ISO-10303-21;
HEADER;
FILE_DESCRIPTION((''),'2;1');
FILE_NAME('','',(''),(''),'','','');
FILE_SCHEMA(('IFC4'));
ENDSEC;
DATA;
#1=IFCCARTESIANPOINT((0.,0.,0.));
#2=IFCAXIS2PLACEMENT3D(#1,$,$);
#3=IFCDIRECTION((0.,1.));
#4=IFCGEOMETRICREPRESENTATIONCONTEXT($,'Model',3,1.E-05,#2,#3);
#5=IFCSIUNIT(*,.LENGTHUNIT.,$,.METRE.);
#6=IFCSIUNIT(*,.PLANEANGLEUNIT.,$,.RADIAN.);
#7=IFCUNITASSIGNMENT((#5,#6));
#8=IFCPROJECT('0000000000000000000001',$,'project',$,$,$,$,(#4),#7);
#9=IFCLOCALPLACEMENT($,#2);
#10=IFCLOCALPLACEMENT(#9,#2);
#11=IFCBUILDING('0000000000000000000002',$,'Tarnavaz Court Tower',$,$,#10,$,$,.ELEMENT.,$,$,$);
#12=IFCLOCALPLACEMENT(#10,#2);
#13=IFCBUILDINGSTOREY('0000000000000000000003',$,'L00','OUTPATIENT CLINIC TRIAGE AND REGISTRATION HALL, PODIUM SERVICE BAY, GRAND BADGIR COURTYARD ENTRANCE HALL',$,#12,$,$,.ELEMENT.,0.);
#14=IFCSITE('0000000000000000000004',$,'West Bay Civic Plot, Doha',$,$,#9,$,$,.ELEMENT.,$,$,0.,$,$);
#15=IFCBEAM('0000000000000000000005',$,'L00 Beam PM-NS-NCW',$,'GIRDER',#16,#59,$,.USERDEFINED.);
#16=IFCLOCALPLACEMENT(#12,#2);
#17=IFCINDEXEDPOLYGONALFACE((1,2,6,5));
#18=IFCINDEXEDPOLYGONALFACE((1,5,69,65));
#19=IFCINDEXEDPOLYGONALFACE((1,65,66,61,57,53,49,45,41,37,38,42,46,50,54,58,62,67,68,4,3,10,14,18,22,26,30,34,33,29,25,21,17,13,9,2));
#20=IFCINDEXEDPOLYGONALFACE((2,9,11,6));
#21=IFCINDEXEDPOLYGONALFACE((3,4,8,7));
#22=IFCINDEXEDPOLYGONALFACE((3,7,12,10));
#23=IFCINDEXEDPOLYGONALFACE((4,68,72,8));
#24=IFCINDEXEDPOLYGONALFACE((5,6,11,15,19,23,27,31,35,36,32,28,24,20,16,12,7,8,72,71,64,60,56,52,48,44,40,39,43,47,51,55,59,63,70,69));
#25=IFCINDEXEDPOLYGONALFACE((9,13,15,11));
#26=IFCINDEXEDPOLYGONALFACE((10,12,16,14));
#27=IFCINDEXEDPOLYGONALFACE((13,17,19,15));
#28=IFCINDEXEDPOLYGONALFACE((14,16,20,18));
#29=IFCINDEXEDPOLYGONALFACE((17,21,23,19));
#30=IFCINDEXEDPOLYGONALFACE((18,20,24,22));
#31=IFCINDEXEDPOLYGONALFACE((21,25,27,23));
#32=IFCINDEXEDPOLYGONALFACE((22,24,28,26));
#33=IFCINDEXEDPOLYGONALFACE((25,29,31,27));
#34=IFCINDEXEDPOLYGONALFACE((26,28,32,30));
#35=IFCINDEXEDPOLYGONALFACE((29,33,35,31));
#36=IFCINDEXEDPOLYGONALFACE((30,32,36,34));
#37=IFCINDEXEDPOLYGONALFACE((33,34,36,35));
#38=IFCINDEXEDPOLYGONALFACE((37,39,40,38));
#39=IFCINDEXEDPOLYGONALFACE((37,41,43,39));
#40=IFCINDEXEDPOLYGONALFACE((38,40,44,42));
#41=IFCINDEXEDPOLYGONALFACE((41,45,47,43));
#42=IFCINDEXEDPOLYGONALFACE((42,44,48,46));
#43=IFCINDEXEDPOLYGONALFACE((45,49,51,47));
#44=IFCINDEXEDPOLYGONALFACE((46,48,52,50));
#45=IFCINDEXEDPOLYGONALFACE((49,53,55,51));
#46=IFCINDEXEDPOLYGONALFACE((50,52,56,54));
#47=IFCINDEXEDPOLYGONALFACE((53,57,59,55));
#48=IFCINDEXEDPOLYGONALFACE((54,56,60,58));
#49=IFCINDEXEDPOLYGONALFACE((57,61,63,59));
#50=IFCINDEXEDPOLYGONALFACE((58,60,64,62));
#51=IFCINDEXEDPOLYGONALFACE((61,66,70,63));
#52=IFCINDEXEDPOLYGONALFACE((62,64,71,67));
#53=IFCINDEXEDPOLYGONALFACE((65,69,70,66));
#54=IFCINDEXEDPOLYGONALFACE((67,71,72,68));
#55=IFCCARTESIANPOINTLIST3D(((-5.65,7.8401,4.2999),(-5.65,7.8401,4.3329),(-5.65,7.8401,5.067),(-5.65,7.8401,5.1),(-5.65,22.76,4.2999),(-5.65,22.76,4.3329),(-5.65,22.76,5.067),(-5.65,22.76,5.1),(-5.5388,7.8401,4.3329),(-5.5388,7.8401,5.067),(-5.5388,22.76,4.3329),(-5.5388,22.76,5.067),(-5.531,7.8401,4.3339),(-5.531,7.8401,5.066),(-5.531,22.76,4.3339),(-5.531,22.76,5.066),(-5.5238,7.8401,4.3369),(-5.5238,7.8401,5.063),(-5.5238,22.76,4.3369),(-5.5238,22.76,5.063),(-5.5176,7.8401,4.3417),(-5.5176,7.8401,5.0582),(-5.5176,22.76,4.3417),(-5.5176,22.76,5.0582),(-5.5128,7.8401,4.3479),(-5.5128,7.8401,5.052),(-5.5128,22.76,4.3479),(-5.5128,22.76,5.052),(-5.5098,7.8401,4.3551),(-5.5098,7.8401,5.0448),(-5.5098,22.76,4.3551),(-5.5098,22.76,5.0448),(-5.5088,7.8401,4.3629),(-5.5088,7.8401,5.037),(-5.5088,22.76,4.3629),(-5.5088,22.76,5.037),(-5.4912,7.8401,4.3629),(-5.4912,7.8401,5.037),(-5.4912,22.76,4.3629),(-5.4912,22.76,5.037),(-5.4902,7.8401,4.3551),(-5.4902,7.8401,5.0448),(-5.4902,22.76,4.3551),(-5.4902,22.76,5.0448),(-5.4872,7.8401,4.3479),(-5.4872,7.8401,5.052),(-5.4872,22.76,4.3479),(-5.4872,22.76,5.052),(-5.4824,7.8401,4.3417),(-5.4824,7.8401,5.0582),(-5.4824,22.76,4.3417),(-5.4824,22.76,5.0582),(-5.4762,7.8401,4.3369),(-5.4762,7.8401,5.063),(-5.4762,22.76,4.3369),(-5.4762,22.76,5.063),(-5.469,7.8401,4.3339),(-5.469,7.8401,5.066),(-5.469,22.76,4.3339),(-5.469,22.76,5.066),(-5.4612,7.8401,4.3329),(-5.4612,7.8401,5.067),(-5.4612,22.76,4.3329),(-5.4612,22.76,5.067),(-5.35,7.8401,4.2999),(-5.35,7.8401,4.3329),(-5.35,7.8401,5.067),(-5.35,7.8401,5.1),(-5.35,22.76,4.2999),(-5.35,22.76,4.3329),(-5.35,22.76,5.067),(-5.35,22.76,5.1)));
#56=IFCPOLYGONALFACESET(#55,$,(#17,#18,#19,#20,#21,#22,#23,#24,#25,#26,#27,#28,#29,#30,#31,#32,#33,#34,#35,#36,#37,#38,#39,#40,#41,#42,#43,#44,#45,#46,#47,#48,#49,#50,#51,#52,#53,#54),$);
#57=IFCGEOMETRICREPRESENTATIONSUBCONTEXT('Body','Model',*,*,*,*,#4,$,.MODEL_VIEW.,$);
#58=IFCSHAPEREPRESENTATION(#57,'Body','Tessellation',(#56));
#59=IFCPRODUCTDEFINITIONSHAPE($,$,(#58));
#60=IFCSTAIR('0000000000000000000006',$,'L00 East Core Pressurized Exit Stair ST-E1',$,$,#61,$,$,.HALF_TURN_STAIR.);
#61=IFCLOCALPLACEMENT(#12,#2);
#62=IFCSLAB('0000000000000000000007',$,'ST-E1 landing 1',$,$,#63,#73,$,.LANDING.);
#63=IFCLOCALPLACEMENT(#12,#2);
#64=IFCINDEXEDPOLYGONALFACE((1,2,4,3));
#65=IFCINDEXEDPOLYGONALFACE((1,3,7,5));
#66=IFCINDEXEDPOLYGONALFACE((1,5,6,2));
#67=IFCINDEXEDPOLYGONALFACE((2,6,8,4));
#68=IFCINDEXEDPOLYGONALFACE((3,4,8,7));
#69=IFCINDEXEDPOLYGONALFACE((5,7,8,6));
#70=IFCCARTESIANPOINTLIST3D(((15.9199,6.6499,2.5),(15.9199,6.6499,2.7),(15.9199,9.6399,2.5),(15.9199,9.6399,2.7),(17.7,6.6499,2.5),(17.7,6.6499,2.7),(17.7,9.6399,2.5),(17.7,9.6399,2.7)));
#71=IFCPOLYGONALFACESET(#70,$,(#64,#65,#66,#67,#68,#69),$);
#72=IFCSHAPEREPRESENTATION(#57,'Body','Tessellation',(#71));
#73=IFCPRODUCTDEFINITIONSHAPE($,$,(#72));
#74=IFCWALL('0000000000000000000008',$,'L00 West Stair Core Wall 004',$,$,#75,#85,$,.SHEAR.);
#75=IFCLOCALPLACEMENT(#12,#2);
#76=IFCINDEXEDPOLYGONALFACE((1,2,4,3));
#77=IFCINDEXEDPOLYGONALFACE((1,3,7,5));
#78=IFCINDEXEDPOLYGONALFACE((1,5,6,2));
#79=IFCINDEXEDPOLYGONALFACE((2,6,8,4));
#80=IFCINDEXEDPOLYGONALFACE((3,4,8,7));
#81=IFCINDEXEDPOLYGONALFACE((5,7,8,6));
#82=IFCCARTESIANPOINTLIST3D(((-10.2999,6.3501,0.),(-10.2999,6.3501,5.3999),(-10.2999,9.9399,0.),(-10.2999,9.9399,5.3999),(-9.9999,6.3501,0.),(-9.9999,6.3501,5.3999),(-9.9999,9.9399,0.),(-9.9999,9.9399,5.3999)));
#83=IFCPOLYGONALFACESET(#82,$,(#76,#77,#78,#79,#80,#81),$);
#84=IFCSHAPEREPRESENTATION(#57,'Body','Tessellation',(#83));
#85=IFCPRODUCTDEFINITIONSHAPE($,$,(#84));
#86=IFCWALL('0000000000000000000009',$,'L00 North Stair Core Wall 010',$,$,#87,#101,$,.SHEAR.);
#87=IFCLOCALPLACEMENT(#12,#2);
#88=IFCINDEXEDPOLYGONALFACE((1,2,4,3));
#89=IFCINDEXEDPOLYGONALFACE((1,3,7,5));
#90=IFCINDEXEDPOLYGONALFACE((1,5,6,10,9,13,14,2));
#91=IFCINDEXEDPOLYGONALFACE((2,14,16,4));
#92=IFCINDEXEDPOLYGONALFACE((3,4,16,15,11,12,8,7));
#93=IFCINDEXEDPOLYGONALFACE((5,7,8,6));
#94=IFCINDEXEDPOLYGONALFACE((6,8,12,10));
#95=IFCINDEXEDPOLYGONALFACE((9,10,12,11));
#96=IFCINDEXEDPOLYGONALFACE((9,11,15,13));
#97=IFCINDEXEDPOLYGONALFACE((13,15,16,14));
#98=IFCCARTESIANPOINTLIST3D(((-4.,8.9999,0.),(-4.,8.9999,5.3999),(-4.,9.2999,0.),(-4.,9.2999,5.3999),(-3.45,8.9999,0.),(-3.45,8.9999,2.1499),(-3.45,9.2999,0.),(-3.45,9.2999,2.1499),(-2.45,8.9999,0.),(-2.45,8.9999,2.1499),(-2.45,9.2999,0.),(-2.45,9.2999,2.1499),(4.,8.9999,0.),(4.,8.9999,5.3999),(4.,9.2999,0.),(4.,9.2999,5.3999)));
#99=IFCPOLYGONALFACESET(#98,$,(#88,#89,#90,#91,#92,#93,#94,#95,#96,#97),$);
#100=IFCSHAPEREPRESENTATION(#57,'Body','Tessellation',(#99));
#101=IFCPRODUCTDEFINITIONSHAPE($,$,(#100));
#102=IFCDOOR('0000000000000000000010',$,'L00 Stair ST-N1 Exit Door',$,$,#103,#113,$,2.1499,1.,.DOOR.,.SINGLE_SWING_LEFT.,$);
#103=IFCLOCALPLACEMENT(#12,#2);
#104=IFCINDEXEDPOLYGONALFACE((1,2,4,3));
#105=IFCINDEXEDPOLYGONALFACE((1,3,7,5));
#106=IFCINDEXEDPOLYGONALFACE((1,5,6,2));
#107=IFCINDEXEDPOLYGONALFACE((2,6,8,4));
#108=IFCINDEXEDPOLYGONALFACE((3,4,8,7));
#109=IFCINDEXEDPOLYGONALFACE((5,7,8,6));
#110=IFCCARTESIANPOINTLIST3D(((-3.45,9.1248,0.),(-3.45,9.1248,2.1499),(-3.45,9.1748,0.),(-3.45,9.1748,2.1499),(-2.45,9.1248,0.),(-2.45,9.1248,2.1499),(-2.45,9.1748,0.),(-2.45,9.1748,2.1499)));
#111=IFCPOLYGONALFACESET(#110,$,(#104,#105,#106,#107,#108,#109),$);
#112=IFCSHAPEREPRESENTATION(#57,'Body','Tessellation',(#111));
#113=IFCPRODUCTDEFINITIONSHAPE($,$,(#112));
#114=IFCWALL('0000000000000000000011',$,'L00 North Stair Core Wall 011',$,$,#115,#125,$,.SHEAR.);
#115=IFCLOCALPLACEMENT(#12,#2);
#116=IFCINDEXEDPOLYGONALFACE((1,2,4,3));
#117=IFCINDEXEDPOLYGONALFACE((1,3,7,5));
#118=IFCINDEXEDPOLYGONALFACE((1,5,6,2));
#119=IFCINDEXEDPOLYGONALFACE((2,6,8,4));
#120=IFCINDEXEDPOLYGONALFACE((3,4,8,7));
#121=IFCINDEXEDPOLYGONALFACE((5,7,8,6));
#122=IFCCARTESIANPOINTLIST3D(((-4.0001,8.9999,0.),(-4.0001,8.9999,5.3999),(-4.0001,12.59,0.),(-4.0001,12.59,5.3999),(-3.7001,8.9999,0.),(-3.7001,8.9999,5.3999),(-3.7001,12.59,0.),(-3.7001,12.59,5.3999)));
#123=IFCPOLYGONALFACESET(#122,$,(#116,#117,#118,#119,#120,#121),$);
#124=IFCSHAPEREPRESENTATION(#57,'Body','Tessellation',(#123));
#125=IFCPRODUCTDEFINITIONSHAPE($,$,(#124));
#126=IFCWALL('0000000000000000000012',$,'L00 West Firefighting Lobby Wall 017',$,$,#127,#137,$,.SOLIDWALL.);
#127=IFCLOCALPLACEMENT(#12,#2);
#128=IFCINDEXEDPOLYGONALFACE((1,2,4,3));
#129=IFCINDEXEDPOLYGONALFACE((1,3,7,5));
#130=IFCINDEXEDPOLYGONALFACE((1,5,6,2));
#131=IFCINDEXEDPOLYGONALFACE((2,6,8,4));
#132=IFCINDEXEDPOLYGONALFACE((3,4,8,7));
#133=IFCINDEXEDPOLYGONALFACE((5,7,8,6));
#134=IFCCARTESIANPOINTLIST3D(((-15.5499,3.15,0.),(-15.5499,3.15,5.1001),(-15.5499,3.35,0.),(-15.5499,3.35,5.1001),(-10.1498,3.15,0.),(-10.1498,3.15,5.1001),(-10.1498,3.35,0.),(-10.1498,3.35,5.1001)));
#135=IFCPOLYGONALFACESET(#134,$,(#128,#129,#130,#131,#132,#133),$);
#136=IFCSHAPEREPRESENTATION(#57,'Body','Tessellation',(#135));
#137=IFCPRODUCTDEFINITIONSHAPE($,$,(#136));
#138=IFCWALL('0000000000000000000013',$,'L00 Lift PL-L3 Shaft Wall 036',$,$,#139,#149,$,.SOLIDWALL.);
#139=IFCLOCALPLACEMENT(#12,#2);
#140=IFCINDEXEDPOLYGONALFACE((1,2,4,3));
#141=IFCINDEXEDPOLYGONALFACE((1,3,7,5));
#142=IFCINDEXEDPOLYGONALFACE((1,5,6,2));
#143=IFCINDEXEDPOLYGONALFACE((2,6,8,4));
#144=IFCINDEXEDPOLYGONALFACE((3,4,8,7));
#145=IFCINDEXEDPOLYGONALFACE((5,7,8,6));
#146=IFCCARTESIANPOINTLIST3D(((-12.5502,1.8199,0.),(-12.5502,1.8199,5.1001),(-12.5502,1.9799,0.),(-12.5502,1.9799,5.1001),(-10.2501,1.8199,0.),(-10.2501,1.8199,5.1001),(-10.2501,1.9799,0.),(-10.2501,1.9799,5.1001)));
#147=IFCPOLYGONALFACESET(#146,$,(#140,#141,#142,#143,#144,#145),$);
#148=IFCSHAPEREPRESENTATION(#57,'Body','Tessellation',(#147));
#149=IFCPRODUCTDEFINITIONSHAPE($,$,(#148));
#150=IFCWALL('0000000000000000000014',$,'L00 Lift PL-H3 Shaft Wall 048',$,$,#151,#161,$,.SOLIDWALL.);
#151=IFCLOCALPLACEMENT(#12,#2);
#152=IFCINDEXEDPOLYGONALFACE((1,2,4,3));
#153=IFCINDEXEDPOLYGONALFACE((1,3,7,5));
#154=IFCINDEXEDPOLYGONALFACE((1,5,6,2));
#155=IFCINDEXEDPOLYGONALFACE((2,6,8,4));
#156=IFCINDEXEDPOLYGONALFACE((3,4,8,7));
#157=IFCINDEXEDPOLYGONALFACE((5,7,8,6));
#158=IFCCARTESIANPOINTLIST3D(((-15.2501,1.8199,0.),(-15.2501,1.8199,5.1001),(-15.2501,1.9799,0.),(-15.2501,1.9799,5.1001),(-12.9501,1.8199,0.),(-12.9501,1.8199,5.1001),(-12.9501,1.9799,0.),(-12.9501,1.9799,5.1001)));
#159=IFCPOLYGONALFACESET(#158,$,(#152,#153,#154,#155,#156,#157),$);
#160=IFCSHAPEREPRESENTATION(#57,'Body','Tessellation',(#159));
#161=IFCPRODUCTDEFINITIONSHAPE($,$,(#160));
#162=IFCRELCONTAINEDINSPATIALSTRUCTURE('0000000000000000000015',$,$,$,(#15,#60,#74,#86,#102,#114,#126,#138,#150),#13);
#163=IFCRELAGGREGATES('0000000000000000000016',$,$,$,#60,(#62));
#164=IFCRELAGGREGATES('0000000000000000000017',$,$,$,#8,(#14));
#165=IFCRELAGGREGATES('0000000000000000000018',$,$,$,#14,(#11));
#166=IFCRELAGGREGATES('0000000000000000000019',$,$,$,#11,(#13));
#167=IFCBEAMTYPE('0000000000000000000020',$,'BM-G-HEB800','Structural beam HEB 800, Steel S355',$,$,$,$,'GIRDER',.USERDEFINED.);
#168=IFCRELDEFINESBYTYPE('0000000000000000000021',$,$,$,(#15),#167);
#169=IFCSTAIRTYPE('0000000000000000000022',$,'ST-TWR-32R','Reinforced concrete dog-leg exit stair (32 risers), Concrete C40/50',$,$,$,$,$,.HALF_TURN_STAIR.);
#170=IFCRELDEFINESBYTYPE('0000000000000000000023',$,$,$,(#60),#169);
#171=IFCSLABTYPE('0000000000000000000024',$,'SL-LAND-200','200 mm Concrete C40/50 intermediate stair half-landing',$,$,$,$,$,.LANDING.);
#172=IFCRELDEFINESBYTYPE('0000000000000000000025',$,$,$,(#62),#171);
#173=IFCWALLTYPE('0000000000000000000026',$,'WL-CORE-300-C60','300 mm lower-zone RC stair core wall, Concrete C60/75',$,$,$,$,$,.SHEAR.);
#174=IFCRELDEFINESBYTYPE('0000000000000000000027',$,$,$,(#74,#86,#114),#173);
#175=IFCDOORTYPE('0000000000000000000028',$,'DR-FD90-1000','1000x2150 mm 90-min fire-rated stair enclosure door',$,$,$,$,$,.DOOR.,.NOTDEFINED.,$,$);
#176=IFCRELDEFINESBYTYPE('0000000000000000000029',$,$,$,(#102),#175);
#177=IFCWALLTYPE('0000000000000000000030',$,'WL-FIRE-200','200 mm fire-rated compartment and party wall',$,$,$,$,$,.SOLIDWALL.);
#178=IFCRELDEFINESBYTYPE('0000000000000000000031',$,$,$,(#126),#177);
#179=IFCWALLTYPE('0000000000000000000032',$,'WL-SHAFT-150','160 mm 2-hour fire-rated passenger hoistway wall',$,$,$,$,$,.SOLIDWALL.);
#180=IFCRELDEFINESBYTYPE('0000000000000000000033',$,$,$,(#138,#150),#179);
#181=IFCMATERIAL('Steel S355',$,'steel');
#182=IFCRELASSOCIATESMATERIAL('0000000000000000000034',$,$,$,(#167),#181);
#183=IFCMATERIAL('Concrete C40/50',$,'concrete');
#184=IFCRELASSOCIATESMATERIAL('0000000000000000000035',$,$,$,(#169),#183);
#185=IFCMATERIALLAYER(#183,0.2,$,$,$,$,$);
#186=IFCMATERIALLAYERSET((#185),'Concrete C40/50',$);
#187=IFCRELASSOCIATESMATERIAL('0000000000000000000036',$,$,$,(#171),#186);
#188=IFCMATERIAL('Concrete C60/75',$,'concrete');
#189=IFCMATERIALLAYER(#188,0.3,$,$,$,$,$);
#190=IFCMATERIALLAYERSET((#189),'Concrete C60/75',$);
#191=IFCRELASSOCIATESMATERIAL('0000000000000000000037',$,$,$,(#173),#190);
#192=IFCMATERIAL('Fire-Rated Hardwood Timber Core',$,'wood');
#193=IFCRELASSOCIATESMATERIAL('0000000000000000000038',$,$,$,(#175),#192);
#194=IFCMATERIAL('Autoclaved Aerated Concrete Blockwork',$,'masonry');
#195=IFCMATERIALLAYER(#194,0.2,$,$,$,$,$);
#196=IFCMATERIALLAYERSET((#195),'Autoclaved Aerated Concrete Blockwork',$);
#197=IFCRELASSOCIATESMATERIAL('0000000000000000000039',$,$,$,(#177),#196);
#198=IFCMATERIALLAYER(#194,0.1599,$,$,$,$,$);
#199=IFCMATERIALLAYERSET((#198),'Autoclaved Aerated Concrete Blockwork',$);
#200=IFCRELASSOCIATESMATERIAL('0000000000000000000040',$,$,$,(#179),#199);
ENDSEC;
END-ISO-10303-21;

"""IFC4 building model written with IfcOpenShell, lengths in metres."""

from ifc_helpers import new_model, si_unit, direction, frame, frame_2d, origin, origin_2d, place, context, subcontext, project, spatial, polyline, rectangle, i_section, outline, extrude, material, layer, layer_set, material_profile, profile_set, type_object, element, fill, aggregate, save


model = new_model("IFC4")

# Units and contexts
model_context = context("Model", 3, precision=1e-05, world=origin(), true_north=direction((0.0, 1.0)))
body_context = subcontext(model_context, "Body", "Model", "MODEL_VIEW")
ifc_project = project(units=[si_unit("LENGTHUNIT", "METRE"), si_unit("PLANEANGLEUNIT", "RADIAN")], contexts=[model_context])

# Site, building, storey
site_placement = place(None, origin())
site = spatial("IfcSite", under=ifc_project, at=site_placement, Name="West Bay Civic Plot, Doha", CompositionType="ELEMENT", RefElevation=0.0)
building_placement = place(site_placement, origin())
building = spatial("IfcBuilding", under=site, at=building_placement, Name="Tarnavaz Court Tower", CompositionType="ELEMENT")
storey_placement = place(building_placement, origin())
storey = spatial("IfcBuildingStorey", under=building, at=storey_placement, Name="L00", Description="OUTPATIENT CLINIC TRIAGE AND REGISTRATION HALL, PODIUM SERVICE BAY, GRAND BADGIR COURTYARD ENTRANCE HALL", CompositionType="ELEMENT", Elevation=0.0)

# Shared definitions
ifc_material_1 = material(Name="Concrete C60/75", Category="concrete")

# Beam
ifc_material_2 = material(Name="Steel S355", Category="steel")
ifc_material_profile_1 = material_profile(ifc_material_2, i_section(OverallWidth=0.3, OverallDepth=0.8, WebThickness=0.0176, FlangeThickness=0.033, FilletRadius=0.03, at=origin_2d()), Name="HEB 800")
ifc_profile_set_1 = profile_set([ifc_material_profile_1], Name="Steel S355")
beam_type = type_object("IfcBeamType", Name="BM-G-HEB800", Description="Structural beam HEB 800, Steel S355", ElementType="GIRDER", PredefinedType="USERDEFINED", material=ifc_profile_set_1)
beam_1_placement = place(storey_placement, frame((-5.5, 7.8401, 4.7), z_axis=(0.0, 1.0, 0.0), x_axis=(-1.0, 0.0, 0.0)))
element("IfcBeam", 1, at=beam_1_placement, inside=storey, type_object=beam_type, Name="L00 Beam PM-NS-NCW", ObjectType="GIRDER", PredefinedType="USERDEFINED", context=body_context, shape_type="SweptSolid", body=[
    extrude(i_section(OverallWidth=0.3, OverallDepth=0.8, WebThickness=0.0176, FlangeThickness=0.033, FilletRadius=0.03, at=origin_2d()), origin(), (0.0, 0.0, 1.0), 14.9199),
])

# Stair, slab
ifc_material_3 = material(Name="Concrete C40/50", Category="concrete")
stair_type = type_object("IfcStairType", Name="ST-TWR-32R", Description="Reinforced concrete dog-leg exit stair (32 risers), Concrete C40/50", PredefinedType="HALF_TURN_STAIR", material=ifc_material_3)
stair_1_placement = place(storey_placement, origin())
stair_1 = element("IfcStair", 2, at=stair_1_placement, inside=storey, type_object=stair_type, Name="L00 East Core Pressurized Exit Stair ST-E1", PredefinedType="HALF_TURN_STAIR")
ifc_layer_1 = layer(ifc_material_3, 0.2)
ifc_layer_set_1 = layer_set([ifc_layer_1], Name="Concrete C40/50")
slab_type = type_object("IfcSlabType", Name="SL-LAND-200", Description="200 mm Concrete C40/50 intermediate stair half-landing", PredefinedType="LANDING", material=ifc_layer_set_1)
slab_placement = place(storey_placement, frame((0.0, 0.0, 2.5)))
slab = element("IfcSlab", 3, at=slab_placement, type_object=slab_type, Name="ST-E1 landing 1", PredefinedType="LANDING", context=body_context, shape_type="SweptSolid", body=[
    extrude(outline(polyline([(15.9199, 6.6499), (17.7, 6.6499), (17.7, 9.6399), (15.9199, 9.6399), (15.9199, 6.6499)])), origin(), (0.0, 0.0, 1.0), 0.2),
])
aggregate(stair_1, [slab])

# Wall
ifc_layer_2 = layer(ifc_material_1, 0.3)
ifc_layer_set_2 = layer_set([ifc_layer_2], Name="Concrete C60/75")
wall_type_1 = type_object("IfcWallType", Name="WL-CORE-300-C60", Description="300 mm lower-zone RC stair core wall, Concrete C60/75", PredefinedType="SHEAR", material=ifc_layer_set_2)
wall_1_placement = place(storey_placement, frame((-10.1499, 6.3501, 0.0), z_axis=(0.0, 0.0, 1.0), x_axis=(0.0, 1.0, 0.0)))
element("IfcWall", 4, at=wall_1_placement, inside=storey, type_object=wall_type_1, Name="L00 West Stair Core Wall 004", PredefinedType="SHEAR", context=body_context, shape_type="SweptSolid", body=[
    extrude(rectangle(XDim=3.5898, YDim=0.3, at=frame_2d((1.7949, 0.0))), origin(), (0.0, 0.0, 1.0), 5.3999),
])

# Wall, opening, door
wall_2_placement = place(storey_placement, frame((-4.0, 9.1499, 0.0), z_axis=(0.0, 0.0, 1.0), x_axis=(1.0, 0.0, 0.0)))
wall_2 = element("IfcWall", 5, at=wall_2_placement, inside=storey, type_object=wall_type_1, Name="L00 North Stair Core Wall 010", PredefinedType="SHEAR", context=body_context, shape_type="SweptSolid", body=[
    extrude(rectangle(XDim=8.0, YDim=0.3, at=frame_2d((4.0, 0.0))), origin(), (0.0, 0.0, 1.0), 5.3999),
])
opening_1_placement = place(wall_2_placement, frame((0.55, 0.0, 0.0)))
opening_1 = element("IfcOpeningElement", 6, at=opening_1_placement, cuts=wall_2, PredefinedType="OPENING", context=body_context, shape_type="SweptSolid", body=[
    extrude(rectangle(XDim=1.0, YDim=2.1499, at=frame_2d((0.5, 1.075))), frame((0.0, 0.1599, 0.0), z_axis=(0.0, -1.0, 0.0), x_axis=(1.0, 0.0, 0.0)), (0.0, 0.0, 1.0), 0.3201),
])
ifc_material_4 = material(Name="Fire-Rated Hardwood Timber Core", Category="wood")
door_type_1 = type_object("IfcDoorType", Name="DR-FD90-1000", Description="1000x2150 mm 90-min fire-rated stair enclosure door", OperationType="NOTDEFINED", PredefinedType="DOOR", material=ifc_material_4)
door_1_placement = place(opening_1_placement, origin())
door_1 = element("IfcDoor", 7, at=door_1_placement, inside=storey, type_object=door_type_1, Name="L00 Stair ST-N1 Exit Door", OperationType="SINGLE_SWING_LEFT", OverallHeight=2.1499, OverallWidth=1.0, PredefinedType="DOOR", context=body_context, shape_type="SweptSolid", body=[
    extrude(rectangle(XDim=1.0, YDim=2.1499, at=frame_2d((0.5, 1.075))), frame((0.0, 0.0249, 0.0), z_axis=(0.0, -1.0, 0.0), x_axis=(1.0, 0.0, 0.0)), (0.0, 0.0, 1.0), 0.05),
])
fill(opening_1, door_1)

# Walls
wall_3_placement = place(storey_placement, frame((-3.8501, 9.0, 0.0), z_axis=(0.0, 0.0, 1.0), x_axis=(0.0, 1.0, 0.0)))
element("IfcWall", 8, at=wall_3_placement, inside=storey, type_object=wall_type_1, Name="L00 North Stair Core Wall 011", PredefinedType="SHEAR", context=body_context, shape_type="SweptSolid", body=[
    extrude(rectangle(XDim=3.5901, YDim=0.3, at=frame_2d((1.7949, 0.0))), origin(), (0.0, 0.0, 1.0), 5.3999),
])
ifc_material_5 = material(Name="Autoclaved Aerated Concrete Blockwork", Category="masonry")
ifc_layer_3 = layer(ifc_material_5, 0.2)
ifc_layer_set_3 = layer_set([ifc_layer_3], Name="Autoclaved Aerated Concrete Blockwork")
wall_type_2 = type_object("IfcWallType", Name="WL-FIRE-200", Description="200 mm fire-rated compartment and party wall", PredefinedType="SOLIDWALL", material=ifc_layer_set_3)
wall_4_placement = place(storey_placement, frame((-15.55, 3.25, 0.0), z_axis=(0.0, 0.0, 1.0), x_axis=(1.0, 0.0, 0.0)))
element("IfcWall", 9, at=wall_4_placement, inside=storey, type_object=wall_type_2, Name="L00 West Firefighting Lobby Wall 017", PredefinedType="SOLIDWALL", context=body_context, shape_type="SweptSolid", body=[
    extrude(rectangle(XDim=5.4001, YDim=0.2, at=frame_2d((2.7002, 0.0))), origin(), (0.0, 0.0, 1.0), 5.1001),
])

# Walls
ifc_layer_4 = layer(ifc_material_5, 0.1599)
ifc_layer_set_4 = layer_set([ifc_layer_4], Name="Autoclaved Aerated Concrete Blockwork")
wall_type_3 = type_object("IfcWallType", Name="WL-SHAFT-150", Description="160 mm 2-hour fire-rated passenger hoistway wall", PredefinedType="SOLIDWALL", material=ifc_layer_set_4)
for number, where, z_axis, x_axis, name in (
    (10, (-12.55, 1.8999, 0.0), (0.0, 0.0, 1.0), (1.0, 0.0, 0.0), "L00 Lift PL-L3 Shaft Wall 036"),
    (11, (-15.25, 1.8999, 0.0), (0.0, 0.0, 1.0), (1.0, 0.0, 0.0), "L00 Lift PL-H3 Shaft Wall 048"),
):
    element("IfcWall", number, at=place(storey_placement, frame(where, z_axis=z_axis, x_axis=x_axis)), inside=storey, type_object=wall_type_3, Name=name, PredefinedType="SOLIDWALL", context=body_context, shape_type="SweptSolid", body=[
        extrude(rectangle(XDim=2.3, YDim=0.1599, at=frame_2d((1.1499, 0.0))), origin(), (0.0, 0.0, 1.0), 5.1001),
    ])

save(model, "model.ifc")
